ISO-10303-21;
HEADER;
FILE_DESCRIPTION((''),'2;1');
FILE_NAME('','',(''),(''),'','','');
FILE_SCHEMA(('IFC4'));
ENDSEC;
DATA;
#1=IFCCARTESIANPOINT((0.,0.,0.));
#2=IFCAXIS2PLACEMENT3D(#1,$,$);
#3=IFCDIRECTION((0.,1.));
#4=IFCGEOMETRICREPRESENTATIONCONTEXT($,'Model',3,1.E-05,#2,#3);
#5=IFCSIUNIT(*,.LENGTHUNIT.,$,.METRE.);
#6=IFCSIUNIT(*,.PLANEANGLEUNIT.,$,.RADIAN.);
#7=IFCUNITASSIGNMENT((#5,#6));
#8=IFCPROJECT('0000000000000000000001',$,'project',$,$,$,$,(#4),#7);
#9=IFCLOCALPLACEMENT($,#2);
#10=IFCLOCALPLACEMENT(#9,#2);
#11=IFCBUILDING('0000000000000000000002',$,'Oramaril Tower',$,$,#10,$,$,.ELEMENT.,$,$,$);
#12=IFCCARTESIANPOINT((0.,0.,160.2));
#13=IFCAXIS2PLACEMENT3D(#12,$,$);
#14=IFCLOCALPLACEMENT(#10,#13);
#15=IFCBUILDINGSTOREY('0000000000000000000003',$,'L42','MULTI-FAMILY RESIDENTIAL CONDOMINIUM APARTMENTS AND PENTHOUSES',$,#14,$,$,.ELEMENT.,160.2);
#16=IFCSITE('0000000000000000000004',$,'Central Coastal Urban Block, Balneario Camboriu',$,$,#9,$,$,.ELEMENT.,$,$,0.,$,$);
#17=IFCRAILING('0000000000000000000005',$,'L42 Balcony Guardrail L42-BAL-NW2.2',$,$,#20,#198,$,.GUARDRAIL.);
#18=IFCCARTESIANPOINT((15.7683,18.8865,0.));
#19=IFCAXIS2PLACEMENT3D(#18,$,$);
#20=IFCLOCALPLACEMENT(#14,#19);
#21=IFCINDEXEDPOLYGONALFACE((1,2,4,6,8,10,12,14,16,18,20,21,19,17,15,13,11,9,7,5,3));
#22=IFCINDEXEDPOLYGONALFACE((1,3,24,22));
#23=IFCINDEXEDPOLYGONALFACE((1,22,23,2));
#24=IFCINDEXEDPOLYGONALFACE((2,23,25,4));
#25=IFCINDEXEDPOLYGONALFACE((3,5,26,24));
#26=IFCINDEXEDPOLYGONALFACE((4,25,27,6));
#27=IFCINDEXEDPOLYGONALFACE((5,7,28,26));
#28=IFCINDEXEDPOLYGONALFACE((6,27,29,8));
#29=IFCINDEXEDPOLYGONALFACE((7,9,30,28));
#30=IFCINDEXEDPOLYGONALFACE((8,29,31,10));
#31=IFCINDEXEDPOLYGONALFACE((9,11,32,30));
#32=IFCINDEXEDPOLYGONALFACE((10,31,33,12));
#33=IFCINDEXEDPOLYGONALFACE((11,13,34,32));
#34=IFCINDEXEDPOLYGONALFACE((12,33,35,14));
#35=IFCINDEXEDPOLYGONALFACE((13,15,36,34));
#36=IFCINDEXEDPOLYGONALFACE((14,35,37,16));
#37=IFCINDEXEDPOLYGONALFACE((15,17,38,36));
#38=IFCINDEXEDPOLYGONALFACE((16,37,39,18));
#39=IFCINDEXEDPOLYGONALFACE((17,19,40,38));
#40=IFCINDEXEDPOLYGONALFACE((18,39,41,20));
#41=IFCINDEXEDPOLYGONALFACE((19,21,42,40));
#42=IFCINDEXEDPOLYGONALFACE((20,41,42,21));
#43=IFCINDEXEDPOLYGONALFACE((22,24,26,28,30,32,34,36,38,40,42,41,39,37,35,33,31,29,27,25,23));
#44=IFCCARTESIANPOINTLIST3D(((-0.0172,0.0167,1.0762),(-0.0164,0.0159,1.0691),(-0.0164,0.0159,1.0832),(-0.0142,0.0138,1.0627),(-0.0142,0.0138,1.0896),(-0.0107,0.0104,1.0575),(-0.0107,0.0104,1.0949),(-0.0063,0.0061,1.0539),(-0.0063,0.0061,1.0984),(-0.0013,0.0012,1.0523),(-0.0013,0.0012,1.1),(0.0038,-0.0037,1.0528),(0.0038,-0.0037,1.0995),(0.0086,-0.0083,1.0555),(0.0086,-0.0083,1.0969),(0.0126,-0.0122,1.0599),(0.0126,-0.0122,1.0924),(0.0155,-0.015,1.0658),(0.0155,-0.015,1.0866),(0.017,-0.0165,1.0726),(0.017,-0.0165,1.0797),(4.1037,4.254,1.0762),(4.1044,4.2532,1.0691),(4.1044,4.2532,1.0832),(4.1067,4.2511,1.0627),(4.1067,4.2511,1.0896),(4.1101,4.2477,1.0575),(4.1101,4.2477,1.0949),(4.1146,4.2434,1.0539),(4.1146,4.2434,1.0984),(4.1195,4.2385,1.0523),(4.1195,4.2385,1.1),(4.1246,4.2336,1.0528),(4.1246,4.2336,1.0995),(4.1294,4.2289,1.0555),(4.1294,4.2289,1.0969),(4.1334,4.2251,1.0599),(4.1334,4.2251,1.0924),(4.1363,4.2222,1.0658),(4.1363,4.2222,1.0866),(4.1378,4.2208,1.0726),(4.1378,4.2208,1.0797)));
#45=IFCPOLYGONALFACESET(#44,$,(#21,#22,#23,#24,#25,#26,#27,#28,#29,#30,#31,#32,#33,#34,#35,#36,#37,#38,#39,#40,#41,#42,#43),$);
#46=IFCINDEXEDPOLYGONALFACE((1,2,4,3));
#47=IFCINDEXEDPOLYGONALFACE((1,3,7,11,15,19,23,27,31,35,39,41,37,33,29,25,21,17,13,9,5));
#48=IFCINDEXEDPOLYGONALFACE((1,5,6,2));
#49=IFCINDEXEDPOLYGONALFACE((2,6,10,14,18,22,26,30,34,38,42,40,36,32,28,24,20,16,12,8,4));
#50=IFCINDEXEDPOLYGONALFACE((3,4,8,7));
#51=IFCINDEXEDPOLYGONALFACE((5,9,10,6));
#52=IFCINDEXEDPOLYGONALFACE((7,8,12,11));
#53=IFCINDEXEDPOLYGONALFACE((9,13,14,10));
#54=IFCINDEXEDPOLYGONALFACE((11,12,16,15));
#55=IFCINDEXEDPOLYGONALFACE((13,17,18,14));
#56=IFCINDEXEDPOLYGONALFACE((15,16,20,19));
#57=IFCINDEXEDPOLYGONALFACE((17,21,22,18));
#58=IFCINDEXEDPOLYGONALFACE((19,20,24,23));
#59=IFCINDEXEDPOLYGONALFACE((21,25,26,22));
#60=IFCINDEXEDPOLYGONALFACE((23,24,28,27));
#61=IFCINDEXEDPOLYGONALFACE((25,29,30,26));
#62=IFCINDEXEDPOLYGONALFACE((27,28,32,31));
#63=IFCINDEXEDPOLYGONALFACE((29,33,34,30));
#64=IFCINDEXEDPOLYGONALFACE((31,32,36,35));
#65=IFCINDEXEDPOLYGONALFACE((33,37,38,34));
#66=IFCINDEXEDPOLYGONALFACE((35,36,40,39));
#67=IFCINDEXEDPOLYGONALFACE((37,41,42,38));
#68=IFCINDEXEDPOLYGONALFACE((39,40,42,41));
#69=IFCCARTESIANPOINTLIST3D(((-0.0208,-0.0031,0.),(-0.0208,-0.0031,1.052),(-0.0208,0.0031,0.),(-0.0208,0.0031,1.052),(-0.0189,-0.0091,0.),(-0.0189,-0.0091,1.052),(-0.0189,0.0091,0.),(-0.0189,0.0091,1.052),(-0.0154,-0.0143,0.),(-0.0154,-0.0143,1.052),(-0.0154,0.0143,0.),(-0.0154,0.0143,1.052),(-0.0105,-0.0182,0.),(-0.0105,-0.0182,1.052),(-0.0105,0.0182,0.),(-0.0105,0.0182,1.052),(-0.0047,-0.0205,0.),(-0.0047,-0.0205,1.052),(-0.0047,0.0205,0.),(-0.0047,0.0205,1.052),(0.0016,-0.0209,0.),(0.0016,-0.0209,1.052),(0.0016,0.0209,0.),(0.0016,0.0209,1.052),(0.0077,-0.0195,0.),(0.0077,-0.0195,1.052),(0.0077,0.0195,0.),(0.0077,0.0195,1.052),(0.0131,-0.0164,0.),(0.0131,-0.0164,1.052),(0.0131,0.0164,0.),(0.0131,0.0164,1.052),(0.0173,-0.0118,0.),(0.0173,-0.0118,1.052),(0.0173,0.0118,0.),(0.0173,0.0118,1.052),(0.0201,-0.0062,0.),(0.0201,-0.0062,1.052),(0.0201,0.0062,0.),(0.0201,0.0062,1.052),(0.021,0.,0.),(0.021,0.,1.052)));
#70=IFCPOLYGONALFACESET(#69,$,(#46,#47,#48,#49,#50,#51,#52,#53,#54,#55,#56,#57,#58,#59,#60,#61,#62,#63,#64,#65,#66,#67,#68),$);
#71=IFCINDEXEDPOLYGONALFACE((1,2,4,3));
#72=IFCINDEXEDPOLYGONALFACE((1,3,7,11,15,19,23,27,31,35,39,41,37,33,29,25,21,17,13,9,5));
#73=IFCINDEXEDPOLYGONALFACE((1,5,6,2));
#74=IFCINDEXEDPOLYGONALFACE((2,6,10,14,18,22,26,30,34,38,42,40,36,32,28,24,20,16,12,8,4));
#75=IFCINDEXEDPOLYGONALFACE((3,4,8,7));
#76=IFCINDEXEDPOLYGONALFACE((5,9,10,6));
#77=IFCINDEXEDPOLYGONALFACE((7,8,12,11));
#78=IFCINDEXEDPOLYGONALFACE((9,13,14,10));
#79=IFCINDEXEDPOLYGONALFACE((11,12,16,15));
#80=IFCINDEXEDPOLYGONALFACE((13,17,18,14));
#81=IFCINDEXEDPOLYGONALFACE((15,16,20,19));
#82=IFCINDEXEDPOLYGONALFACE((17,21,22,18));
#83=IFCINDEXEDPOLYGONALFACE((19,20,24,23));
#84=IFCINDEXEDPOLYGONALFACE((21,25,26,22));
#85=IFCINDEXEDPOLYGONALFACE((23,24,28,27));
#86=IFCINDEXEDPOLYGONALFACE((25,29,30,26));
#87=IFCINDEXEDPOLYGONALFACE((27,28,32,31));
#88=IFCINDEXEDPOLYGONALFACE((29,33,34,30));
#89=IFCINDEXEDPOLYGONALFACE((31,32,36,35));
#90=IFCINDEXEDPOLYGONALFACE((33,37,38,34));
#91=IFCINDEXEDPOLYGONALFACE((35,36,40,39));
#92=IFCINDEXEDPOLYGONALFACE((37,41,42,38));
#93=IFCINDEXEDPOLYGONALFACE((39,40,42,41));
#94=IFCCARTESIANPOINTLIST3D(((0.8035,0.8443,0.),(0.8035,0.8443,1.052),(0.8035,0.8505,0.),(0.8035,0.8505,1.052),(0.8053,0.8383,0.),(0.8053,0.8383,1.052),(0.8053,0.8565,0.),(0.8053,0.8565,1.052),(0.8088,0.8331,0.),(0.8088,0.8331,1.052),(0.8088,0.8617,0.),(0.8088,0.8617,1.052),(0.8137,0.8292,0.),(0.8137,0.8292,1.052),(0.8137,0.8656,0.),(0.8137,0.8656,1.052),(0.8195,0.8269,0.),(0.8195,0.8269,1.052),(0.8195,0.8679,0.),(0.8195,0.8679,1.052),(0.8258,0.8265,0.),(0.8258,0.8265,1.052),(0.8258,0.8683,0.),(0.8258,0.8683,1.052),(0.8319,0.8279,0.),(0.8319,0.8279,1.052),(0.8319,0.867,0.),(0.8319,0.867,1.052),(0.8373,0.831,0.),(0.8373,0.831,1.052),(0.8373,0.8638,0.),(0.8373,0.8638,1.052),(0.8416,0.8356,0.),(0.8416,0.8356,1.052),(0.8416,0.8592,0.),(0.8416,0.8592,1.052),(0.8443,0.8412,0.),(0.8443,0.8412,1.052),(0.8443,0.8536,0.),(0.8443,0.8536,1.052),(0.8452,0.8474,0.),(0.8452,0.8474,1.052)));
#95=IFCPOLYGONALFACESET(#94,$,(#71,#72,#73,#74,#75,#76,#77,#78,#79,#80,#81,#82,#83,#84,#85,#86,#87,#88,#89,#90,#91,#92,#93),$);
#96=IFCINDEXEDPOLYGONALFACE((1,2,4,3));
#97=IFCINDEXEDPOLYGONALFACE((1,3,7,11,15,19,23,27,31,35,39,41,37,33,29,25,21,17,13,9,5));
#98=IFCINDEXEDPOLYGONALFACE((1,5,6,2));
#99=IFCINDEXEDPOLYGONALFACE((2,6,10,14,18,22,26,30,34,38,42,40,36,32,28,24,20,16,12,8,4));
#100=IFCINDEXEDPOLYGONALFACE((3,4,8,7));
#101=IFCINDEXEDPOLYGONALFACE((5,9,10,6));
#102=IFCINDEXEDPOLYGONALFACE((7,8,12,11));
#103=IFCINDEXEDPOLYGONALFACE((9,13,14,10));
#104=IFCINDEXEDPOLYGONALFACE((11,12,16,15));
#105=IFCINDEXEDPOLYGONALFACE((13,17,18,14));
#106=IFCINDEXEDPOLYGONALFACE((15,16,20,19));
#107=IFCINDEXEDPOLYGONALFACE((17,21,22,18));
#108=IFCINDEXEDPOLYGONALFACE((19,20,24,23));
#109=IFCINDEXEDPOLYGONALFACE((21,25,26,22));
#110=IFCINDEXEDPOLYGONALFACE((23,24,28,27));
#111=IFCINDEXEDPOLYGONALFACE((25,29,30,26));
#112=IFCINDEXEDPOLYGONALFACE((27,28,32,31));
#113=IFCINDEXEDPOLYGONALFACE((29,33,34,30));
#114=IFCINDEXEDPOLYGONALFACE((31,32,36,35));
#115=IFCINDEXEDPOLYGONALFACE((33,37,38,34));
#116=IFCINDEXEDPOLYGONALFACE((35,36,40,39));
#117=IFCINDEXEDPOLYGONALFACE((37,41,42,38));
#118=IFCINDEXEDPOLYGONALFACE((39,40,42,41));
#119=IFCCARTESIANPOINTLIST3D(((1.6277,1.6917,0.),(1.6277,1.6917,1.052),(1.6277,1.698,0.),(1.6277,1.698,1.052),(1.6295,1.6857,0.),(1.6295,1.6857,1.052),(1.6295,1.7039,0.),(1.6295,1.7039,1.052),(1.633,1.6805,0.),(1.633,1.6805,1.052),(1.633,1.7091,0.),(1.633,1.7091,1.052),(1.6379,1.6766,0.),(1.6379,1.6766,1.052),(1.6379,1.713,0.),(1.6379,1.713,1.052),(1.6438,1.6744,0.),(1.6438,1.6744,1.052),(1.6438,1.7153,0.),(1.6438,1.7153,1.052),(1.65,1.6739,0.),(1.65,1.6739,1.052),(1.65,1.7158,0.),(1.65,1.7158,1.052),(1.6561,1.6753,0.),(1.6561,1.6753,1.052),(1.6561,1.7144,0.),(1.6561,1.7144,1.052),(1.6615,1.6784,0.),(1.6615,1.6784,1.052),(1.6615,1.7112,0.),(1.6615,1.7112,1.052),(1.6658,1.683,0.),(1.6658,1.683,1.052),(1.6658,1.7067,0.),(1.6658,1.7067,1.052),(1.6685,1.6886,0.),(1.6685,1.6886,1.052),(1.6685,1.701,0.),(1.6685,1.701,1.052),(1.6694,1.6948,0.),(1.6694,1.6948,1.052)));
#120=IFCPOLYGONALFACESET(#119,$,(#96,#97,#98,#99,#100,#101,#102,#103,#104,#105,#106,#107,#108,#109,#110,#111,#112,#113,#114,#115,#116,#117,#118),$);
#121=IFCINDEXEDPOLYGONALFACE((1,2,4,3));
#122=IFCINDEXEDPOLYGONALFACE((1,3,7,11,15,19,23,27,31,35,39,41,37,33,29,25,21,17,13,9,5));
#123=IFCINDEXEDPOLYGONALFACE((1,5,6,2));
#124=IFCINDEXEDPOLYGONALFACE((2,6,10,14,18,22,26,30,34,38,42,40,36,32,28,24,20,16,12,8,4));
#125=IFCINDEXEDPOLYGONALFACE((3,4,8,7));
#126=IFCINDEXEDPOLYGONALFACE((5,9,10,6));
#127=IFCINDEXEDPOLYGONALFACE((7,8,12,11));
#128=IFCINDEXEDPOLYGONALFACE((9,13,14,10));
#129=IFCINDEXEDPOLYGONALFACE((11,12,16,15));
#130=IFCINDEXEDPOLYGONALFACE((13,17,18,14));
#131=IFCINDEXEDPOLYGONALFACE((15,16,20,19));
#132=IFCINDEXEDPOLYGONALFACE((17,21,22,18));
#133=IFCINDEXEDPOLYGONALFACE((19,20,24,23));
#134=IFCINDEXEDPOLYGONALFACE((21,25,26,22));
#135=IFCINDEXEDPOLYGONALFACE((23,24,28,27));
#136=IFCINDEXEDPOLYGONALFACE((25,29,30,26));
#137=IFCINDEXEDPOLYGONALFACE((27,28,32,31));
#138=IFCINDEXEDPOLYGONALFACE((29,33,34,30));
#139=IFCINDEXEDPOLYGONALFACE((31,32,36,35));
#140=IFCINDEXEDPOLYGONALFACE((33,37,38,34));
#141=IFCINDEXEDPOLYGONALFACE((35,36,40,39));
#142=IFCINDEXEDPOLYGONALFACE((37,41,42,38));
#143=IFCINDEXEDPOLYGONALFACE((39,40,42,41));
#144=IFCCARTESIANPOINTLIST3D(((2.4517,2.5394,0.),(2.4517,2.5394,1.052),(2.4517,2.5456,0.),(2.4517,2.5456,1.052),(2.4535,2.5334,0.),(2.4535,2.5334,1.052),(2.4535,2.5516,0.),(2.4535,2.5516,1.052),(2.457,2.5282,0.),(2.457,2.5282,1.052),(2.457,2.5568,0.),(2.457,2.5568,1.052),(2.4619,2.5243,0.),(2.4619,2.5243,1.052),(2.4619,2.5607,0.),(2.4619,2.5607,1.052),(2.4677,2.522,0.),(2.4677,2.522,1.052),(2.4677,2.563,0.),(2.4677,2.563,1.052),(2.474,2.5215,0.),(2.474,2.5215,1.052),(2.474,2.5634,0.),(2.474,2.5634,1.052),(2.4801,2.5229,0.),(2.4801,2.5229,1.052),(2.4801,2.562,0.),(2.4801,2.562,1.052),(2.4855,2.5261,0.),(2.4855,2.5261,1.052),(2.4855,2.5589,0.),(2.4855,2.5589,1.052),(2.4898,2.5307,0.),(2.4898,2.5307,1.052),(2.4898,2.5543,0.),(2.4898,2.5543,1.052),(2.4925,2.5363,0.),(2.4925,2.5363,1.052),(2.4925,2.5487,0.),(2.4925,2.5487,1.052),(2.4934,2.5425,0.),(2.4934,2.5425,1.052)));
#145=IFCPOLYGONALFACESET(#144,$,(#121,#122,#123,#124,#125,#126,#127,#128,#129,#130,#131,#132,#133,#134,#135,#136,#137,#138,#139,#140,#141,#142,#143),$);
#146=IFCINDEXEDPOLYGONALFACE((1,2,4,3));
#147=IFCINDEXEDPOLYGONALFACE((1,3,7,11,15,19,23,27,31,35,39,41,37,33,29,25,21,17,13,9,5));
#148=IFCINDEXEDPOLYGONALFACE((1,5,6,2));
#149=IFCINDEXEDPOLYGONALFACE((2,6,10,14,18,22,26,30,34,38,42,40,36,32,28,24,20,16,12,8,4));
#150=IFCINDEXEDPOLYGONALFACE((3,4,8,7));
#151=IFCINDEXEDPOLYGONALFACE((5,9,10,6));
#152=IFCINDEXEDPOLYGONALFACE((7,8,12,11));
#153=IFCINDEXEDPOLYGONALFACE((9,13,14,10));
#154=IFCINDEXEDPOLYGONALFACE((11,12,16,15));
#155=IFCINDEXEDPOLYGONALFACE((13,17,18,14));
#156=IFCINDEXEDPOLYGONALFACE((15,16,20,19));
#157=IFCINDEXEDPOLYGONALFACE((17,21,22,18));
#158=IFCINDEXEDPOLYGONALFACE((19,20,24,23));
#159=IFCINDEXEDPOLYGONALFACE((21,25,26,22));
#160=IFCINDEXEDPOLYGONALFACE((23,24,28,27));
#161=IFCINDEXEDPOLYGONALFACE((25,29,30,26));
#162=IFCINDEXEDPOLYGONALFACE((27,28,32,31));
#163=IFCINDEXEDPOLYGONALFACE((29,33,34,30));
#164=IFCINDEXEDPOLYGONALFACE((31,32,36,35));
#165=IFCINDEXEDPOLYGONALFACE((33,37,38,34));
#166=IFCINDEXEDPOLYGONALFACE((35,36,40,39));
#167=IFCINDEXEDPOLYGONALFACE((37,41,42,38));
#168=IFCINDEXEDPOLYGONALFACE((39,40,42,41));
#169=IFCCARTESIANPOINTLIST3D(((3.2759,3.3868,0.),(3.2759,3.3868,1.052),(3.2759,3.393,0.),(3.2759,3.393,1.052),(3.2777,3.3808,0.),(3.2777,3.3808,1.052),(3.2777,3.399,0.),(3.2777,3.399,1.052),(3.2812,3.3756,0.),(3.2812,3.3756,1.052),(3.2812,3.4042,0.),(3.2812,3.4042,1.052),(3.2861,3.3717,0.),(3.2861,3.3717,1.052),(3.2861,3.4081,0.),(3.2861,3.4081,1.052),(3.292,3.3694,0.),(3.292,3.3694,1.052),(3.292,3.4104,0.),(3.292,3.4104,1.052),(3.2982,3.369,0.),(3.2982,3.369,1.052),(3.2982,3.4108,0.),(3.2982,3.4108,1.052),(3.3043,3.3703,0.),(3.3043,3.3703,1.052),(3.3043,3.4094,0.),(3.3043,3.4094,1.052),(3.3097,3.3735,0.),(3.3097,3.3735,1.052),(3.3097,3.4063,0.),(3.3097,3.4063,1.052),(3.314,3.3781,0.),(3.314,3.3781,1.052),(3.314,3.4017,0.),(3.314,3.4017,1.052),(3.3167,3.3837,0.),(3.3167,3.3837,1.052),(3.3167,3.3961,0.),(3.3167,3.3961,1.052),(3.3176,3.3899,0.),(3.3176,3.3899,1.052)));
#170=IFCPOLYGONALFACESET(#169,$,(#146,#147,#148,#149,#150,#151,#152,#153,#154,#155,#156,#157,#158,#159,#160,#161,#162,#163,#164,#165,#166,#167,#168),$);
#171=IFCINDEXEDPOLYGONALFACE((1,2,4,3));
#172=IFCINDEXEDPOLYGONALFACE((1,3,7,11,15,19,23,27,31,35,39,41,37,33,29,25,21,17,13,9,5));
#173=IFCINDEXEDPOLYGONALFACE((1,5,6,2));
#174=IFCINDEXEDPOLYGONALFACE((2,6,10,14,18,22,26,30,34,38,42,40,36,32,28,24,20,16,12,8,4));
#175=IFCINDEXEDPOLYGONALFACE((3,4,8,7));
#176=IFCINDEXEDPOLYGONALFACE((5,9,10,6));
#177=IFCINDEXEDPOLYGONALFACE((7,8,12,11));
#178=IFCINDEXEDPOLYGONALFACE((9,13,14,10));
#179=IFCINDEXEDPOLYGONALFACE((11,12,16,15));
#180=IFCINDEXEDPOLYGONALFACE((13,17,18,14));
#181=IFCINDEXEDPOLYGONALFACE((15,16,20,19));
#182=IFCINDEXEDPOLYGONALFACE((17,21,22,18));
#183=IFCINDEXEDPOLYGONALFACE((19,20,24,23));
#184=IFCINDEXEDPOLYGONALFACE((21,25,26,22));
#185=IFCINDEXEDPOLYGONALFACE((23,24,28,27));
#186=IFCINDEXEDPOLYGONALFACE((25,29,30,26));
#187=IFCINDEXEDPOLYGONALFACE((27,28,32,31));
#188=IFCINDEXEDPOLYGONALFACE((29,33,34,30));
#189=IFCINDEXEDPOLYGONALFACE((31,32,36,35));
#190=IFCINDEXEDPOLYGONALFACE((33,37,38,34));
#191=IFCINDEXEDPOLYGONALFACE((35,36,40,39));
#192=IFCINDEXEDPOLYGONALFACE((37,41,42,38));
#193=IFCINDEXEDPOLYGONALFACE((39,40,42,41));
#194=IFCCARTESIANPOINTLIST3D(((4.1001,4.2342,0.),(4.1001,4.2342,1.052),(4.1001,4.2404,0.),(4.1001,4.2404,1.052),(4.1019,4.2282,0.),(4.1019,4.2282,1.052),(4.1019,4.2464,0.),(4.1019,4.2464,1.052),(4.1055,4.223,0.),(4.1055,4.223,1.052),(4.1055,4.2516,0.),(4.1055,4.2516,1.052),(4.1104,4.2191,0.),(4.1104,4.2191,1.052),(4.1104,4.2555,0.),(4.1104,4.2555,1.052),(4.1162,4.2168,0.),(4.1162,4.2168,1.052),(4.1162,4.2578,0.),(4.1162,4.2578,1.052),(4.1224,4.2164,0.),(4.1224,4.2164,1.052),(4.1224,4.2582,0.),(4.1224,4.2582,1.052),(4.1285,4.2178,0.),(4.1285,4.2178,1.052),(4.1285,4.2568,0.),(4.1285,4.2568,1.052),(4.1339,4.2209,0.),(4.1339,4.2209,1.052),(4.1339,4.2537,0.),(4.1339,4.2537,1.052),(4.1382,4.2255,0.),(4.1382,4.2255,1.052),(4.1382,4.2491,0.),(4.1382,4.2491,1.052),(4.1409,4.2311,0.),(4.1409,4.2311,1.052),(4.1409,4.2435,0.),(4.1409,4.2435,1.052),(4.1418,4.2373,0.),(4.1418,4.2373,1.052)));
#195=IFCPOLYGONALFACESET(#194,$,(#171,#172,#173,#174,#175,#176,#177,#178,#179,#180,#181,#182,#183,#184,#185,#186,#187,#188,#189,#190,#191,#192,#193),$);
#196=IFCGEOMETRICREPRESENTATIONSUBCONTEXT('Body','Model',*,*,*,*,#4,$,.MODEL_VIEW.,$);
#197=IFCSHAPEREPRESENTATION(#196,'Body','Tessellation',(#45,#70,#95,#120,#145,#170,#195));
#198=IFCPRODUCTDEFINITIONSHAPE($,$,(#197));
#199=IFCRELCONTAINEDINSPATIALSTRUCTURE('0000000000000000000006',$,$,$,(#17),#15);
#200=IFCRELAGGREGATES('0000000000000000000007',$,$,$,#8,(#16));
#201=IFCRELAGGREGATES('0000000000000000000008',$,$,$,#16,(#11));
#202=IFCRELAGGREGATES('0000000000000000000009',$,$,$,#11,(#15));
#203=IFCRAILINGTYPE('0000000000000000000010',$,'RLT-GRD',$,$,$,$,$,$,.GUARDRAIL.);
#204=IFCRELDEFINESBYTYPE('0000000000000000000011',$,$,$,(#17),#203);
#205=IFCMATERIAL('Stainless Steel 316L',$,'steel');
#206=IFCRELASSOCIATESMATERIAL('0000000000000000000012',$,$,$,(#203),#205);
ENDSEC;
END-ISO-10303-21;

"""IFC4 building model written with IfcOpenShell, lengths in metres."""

from ifc_helpers import new_model, si_unit, direction, frame, origin, origin_2d, place, context, subcontext, project, spatial, circle, extrude, material, type_object, element, save


model = new_model("IFC4")

# Units and contexts
model_context = context("Model", 3, precision=1e-05, world=origin(), true_north=direction((0.0, 1.0)))
body_context = subcontext(model_context, "Body", "Model", "MODEL_VIEW")
ifc_project = project(units=[si_unit("LENGTHUNIT", "METRE"), si_unit("PLANEANGLEUNIT", "RADIAN")], contexts=[model_context])

# Site, building, storey
site_placement = place(None, origin())
site = spatial("IfcSite", under=ifc_project, at=site_placement, Name="Central Coastal Urban Block, Balneario Camboriu", CompositionType="ELEMENT", RefElevation=0.0)
building_placement = place(site_placement, origin())
building = spatial("IfcBuilding", under=site, at=building_placement, Name="Oramaril Tower", CompositionType="ELEMENT")
storey_placement = place(building_placement, frame((0.0, 0.0, 160.2)))
storey = spatial("IfcBuildingStorey", under=building, at=storey_placement, Name="L42", Description="MULTI-FAMILY RESIDENTIAL CONDOMINIUM APARTMENTS AND PENTHOUSES", CompositionType="ELEMENT", Elevation=160.2)

# Railing
ifc_material_1 = material(Name="Stainless Steel 316L", Category="steel")
railing_type = type_object("IfcRailingType", Name="RLT-GRD", PredefinedType="GUARDRAIL", material=ifc_material_1)
railing_1_placement = place(storey_placement, frame((15.7683, 18.8865, 0.0)))
element("IfcRailing", 1, at=railing_1_placement, inside=storey, type_object=railing_type, Name="L42 Balcony Guardrail L42-BAL-NW2.2", PredefinedType="GUARDRAIL", context=body_context, shape_type="SweptSolid", body=[
    extrude(circle(Radius=0.0239, at=origin_2d()), frame((0.0, 0.0, 1.0762), z_axis=(0.697187, 0.716889, 0.0), x_axis=(-0.716889, 0.697187, 0.0)), (0.0, 0.0, 1.0), 5.9106),
    extrude(circle(Radius=0.021, at=origin_2d()), origin(), (0.0, 0.0, 1.0), 1.052),
    extrude(circle(Radius=0.021, at=origin_2d()), frame((0.8242, 0.8474, 0.0)), (0.0, 0.0, 1.0), 1.052),
    extrude(circle(Radius=0.021, at=origin_2d()), frame((1.6484, 1.6948, 0.0)), (0.0, 0.0, 1.0), 1.052),
    extrude(circle(Radius=0.021, at=origin_2d()), frame((2.4724, 2.5425, 0.0)), (0.0, 0.0, 1.0), 1.052),
    extrude(circle(Radius=0.021, at=origin_2d()), frame((3.2966, 3.3899, 0.0)), (0.0, 0.0, 1.0), 1.052),
    extrude(circle(Radius=0.021, at=origin_2d()), frame((4.1208, 4.2373, 0.0)), (0.0, 0.0, 1.0), 1.052),
])

save(model, "model.ifc")
